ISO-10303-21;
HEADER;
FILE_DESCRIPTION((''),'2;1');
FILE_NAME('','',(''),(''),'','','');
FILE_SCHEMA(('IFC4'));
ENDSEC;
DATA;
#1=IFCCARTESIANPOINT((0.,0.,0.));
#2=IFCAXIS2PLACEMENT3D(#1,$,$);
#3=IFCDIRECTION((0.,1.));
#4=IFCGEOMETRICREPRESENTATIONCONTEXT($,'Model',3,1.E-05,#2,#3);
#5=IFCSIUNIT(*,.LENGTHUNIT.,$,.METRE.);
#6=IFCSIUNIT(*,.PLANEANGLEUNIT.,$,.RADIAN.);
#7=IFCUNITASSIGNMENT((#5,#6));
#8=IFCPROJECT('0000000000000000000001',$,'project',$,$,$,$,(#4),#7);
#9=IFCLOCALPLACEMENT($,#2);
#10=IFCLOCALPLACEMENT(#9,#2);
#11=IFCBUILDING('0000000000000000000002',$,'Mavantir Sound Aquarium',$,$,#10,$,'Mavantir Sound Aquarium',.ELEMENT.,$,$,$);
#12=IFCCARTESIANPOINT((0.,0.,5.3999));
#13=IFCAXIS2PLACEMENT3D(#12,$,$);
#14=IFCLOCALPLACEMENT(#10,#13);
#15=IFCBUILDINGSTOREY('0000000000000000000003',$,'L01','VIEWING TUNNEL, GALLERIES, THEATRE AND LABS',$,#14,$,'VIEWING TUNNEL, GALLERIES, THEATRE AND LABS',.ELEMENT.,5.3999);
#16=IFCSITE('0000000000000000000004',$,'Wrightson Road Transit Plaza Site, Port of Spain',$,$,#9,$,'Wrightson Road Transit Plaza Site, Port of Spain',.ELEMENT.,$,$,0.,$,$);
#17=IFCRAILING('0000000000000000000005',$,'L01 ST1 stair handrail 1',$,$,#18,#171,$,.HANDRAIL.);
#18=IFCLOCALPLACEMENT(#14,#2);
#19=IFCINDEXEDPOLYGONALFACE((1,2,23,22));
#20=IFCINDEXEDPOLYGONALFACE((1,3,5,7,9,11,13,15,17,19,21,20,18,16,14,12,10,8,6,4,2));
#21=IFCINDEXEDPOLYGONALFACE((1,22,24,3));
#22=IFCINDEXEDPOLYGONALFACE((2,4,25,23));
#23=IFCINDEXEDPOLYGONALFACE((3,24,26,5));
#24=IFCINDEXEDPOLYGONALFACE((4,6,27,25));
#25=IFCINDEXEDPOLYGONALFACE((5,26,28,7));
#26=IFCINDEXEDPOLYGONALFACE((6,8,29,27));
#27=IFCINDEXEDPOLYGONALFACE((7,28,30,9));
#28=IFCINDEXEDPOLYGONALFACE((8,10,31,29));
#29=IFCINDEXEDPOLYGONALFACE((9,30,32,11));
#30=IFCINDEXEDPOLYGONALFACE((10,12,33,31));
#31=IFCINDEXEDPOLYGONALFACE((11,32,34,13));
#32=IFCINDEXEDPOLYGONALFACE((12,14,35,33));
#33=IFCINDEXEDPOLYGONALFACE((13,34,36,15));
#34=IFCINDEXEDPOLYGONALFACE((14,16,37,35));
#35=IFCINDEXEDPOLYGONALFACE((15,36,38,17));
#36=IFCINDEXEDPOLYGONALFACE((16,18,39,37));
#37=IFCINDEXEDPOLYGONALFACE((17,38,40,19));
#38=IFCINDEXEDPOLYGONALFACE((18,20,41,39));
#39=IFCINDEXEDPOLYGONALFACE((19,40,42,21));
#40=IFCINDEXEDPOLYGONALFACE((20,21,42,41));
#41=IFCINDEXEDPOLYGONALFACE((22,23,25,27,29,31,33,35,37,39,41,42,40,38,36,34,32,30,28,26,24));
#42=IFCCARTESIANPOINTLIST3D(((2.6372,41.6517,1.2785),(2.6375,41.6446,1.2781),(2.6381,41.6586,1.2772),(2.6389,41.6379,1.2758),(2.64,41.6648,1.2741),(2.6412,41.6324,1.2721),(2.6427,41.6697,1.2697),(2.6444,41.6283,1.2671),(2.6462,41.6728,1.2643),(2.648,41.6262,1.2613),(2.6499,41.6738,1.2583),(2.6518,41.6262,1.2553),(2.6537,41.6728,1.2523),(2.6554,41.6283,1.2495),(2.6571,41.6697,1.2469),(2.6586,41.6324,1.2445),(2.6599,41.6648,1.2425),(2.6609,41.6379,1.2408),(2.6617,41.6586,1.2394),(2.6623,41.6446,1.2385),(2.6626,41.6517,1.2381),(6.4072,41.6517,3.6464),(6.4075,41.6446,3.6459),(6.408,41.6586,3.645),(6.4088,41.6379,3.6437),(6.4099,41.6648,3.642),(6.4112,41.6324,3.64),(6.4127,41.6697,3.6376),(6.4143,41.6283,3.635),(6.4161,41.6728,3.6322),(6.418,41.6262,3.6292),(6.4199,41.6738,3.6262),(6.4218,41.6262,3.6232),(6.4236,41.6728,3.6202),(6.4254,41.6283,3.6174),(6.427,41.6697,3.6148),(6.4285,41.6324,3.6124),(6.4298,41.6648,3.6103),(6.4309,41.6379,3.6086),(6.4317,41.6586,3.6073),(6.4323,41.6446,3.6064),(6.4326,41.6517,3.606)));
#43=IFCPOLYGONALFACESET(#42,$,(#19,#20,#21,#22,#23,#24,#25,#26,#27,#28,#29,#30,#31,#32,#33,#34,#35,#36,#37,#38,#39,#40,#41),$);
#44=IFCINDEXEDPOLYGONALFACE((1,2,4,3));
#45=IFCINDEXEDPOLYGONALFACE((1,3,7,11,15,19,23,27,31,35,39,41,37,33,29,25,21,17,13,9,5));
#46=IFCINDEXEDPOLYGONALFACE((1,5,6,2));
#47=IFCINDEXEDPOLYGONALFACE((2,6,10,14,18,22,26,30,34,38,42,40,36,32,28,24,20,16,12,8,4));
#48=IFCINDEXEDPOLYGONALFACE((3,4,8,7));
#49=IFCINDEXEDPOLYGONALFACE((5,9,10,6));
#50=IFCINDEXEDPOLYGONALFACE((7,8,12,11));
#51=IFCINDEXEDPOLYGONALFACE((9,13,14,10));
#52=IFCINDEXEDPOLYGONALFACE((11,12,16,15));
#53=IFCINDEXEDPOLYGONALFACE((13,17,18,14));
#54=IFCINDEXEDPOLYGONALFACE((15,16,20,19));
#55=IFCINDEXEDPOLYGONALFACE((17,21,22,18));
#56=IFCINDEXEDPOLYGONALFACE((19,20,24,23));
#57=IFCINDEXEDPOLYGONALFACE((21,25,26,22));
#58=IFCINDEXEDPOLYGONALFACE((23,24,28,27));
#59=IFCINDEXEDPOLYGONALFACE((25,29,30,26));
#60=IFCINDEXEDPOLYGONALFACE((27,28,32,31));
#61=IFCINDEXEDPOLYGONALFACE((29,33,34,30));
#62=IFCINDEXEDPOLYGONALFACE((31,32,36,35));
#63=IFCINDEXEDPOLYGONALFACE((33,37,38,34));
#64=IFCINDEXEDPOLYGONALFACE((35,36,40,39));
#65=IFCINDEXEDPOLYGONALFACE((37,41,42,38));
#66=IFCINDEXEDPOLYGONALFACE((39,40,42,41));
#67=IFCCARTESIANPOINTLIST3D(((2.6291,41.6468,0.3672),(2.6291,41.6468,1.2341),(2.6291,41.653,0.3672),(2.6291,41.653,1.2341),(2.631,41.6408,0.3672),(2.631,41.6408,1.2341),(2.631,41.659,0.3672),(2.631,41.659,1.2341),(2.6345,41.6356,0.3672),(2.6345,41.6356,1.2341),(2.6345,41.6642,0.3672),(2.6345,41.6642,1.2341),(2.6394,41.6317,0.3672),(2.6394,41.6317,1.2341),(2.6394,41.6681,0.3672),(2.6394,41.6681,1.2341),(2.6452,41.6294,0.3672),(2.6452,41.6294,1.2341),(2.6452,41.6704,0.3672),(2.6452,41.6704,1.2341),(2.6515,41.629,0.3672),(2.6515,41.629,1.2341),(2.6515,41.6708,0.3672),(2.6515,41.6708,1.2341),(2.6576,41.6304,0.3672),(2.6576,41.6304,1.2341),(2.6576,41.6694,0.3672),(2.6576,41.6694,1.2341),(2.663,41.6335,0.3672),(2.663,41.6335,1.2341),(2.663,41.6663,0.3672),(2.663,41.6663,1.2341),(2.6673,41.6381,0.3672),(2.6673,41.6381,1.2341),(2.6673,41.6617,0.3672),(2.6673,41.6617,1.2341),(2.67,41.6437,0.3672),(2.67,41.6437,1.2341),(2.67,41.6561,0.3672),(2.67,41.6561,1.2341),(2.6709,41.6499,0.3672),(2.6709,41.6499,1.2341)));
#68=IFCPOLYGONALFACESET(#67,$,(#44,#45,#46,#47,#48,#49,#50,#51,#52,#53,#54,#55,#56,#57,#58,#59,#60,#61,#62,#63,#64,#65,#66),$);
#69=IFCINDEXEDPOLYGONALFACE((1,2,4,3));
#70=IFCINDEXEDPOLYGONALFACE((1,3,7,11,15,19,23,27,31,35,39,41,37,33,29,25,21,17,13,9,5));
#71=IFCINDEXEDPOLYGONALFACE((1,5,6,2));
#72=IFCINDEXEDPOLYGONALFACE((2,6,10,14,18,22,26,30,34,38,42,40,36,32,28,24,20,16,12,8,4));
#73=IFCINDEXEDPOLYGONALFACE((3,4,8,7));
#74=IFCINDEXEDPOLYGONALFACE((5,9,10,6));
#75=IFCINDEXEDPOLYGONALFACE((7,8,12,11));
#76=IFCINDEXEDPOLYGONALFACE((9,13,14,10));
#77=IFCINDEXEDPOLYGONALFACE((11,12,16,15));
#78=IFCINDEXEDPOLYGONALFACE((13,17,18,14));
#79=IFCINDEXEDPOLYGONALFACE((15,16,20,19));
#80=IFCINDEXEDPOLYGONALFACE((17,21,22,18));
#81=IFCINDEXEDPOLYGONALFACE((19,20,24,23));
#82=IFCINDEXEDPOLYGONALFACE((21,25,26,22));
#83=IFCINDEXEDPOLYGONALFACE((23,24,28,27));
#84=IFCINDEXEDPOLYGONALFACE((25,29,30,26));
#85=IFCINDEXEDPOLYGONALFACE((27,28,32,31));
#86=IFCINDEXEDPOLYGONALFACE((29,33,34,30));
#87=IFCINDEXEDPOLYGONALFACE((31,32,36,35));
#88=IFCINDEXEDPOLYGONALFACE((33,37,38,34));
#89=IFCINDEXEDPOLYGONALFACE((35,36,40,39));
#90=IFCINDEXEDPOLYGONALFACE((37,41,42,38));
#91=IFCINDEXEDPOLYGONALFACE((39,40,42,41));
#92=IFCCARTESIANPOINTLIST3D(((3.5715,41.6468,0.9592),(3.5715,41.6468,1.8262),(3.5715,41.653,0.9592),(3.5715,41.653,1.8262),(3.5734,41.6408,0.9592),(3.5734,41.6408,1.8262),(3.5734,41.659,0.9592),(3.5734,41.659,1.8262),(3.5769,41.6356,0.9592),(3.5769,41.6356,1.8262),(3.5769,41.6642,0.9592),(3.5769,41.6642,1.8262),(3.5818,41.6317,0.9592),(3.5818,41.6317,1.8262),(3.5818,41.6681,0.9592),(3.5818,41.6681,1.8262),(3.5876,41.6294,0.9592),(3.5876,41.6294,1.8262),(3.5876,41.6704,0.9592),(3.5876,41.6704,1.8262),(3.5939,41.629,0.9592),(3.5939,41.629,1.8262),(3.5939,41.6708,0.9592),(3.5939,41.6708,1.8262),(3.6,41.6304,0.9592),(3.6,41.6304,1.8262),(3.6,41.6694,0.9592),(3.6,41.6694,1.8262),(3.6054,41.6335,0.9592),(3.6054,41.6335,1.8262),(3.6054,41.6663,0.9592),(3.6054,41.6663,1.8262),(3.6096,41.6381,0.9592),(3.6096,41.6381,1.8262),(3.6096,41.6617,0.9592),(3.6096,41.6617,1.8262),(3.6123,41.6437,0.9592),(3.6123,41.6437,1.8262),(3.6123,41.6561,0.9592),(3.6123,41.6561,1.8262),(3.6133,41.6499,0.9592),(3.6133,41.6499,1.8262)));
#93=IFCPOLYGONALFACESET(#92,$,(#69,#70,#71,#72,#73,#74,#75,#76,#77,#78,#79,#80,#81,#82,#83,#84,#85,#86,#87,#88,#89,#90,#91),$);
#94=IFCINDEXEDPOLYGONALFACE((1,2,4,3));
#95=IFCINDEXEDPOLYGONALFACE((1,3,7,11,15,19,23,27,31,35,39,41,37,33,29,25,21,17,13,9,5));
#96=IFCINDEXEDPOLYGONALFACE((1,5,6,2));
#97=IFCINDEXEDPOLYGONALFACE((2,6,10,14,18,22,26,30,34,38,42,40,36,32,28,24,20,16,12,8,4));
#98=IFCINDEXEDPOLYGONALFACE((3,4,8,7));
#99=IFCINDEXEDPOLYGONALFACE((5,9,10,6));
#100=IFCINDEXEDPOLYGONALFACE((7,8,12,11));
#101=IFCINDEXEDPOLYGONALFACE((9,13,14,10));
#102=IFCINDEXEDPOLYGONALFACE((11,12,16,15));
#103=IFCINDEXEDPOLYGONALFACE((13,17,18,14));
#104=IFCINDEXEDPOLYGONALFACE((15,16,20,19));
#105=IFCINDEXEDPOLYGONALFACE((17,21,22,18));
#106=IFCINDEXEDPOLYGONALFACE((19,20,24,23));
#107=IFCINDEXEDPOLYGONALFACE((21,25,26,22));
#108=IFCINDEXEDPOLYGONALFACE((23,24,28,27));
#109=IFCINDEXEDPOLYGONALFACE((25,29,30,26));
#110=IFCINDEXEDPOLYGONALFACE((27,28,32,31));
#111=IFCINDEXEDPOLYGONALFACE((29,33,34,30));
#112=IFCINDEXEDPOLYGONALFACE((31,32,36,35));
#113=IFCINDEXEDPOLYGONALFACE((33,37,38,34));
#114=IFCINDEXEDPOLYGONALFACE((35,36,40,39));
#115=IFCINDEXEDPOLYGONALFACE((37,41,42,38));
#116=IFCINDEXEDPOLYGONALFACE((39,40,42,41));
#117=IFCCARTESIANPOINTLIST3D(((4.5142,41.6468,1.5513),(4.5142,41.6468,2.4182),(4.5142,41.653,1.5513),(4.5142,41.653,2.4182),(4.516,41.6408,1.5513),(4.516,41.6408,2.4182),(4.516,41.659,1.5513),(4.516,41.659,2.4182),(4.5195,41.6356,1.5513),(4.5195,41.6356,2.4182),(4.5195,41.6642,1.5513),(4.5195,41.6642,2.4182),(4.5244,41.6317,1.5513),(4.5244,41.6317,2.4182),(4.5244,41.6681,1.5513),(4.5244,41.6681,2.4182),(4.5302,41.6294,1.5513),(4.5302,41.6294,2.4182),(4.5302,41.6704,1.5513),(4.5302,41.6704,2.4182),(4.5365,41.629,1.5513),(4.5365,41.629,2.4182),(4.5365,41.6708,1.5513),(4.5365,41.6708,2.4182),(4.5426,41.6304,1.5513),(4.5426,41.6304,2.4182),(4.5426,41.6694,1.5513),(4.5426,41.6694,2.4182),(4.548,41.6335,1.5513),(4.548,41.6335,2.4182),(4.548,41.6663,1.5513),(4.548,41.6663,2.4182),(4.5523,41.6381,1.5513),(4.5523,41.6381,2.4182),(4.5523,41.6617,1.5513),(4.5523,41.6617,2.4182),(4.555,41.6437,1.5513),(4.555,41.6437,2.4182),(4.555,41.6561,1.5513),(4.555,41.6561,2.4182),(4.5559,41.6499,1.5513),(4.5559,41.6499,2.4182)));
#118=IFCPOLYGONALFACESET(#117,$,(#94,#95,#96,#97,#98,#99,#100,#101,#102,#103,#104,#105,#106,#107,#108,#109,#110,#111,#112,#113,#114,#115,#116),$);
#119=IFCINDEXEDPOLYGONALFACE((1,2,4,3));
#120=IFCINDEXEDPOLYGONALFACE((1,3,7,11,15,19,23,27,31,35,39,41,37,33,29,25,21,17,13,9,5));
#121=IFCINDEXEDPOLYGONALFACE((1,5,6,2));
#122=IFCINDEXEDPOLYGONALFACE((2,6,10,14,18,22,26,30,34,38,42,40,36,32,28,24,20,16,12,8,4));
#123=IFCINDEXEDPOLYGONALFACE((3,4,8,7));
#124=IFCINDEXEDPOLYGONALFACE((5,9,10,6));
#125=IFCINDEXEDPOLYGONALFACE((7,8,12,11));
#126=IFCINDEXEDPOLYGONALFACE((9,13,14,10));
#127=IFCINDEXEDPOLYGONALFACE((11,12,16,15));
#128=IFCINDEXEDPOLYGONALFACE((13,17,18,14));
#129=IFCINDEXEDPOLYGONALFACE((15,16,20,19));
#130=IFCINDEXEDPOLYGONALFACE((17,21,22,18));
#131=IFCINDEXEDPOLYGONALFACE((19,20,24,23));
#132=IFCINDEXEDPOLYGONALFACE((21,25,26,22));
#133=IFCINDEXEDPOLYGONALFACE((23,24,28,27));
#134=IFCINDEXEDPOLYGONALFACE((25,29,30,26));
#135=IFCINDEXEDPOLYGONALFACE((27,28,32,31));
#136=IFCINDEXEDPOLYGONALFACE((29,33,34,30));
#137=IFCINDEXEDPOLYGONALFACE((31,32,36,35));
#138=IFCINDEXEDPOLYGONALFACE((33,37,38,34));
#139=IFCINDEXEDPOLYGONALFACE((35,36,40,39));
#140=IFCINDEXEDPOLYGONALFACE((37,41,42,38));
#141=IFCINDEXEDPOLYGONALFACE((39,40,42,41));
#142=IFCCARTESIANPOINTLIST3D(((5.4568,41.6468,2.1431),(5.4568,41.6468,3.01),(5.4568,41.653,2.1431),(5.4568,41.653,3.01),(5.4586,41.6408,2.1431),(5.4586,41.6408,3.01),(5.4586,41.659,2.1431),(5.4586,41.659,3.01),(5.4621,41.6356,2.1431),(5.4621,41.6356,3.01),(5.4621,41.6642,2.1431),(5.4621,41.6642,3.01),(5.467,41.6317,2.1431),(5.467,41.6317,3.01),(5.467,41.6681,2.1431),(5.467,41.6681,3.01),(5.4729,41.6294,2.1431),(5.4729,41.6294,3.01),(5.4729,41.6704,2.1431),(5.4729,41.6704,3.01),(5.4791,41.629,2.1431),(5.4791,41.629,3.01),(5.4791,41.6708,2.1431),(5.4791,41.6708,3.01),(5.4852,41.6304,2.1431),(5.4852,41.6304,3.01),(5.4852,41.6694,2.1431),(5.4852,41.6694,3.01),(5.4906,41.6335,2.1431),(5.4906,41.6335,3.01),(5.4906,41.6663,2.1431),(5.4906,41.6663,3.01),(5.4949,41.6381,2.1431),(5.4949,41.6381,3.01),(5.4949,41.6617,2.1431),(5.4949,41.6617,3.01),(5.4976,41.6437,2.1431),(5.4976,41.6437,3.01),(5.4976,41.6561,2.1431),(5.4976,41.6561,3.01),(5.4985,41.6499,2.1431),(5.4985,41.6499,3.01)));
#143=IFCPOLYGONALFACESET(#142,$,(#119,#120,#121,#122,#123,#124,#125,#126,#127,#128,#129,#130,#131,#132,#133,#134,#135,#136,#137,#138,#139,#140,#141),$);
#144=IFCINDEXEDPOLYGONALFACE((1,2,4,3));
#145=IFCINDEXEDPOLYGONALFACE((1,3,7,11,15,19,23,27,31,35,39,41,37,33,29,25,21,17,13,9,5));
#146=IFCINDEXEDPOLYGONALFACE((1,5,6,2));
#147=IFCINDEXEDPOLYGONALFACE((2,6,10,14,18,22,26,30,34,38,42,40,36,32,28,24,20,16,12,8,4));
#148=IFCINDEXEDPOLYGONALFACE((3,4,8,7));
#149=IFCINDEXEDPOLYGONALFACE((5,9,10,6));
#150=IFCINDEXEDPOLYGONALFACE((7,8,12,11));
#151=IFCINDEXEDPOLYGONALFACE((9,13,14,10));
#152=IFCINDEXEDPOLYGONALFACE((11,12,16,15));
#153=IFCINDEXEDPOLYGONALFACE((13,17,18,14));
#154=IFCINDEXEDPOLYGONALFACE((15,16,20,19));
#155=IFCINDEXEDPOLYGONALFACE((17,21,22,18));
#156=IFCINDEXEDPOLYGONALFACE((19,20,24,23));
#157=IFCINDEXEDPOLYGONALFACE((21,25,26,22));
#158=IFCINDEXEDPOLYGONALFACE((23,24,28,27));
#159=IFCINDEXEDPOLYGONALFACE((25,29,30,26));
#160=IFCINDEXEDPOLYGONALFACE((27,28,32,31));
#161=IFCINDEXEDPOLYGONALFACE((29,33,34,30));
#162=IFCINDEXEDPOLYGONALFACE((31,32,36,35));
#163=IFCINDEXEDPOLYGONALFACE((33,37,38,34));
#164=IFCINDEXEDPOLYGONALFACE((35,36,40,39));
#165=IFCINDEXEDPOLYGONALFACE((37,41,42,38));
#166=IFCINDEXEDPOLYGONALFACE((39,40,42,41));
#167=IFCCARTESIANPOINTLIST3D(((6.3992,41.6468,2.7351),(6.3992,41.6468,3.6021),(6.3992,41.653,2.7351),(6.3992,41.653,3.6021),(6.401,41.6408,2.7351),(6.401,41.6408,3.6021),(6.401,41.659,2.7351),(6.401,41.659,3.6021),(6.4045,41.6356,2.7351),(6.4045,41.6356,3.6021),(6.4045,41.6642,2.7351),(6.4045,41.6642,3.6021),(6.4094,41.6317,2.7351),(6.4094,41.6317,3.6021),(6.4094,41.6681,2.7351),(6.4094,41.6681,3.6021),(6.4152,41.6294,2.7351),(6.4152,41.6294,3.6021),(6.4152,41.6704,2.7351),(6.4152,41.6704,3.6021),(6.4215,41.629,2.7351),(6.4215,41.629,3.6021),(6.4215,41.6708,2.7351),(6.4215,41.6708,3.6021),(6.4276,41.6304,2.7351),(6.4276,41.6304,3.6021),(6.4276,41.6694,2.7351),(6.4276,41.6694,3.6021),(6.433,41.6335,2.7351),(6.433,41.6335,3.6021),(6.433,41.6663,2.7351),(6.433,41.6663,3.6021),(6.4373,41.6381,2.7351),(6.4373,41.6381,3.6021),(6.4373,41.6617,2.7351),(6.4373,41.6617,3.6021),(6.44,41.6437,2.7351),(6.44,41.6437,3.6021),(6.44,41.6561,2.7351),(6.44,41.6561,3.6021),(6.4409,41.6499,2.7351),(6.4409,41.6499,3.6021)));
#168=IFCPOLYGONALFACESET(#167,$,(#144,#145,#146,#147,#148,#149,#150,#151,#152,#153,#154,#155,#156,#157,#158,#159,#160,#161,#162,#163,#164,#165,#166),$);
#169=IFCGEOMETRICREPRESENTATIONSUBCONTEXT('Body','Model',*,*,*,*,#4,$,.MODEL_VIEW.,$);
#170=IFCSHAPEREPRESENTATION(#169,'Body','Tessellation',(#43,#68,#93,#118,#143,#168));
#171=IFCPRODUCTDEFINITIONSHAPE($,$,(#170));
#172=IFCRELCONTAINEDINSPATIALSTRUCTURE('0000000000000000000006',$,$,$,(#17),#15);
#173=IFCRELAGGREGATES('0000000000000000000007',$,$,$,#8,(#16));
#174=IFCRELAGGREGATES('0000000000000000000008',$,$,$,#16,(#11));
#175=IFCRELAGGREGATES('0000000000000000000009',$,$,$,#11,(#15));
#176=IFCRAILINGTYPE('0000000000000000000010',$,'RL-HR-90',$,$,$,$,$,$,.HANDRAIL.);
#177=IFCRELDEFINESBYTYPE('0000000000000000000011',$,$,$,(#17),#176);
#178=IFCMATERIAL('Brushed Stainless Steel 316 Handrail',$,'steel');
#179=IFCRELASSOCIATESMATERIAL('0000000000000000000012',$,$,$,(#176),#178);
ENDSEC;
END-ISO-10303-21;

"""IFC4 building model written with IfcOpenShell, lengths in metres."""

from ifc_helpers import new_model, si_unit, direction, frame, origin, origin_2d, place, context, subcontext, project, spatial, circle, extrude, material, type_object, element, save


model = new_model("IFC4")

# Units and contexts
model_context = context("Model", 3, precision=1e-05, world=origin(), true_north=direction((0.0, 1.0)))
body_context = subcontext(model_context, "Body", "Model", "MODEL_VIEW")
ifc_project = project(units=[si_unit("LENGTHUNIT", "METRE"), si_unit("PLANEANGLEUNIT", "RADIAN")], contexts=[model_context])

# Site, building, storey
site_placement = place(None, origin())
site = spatial("IfcSite", under=ifc_project, at=site_placement, Name="Wrightson Road Transit Plaza Site, Port of Spain", LongName="Wrightson Road Transit Plaza Site, Port of Spain", CompositionType="ELEMENT", RefElevation=0.0)
building_placement = place(site_placement, origin())
building = spatial("IfcBuilding", under=site, at=building_placement, Name="Mavantir Sound Aquarium", LongName="Mavantir Sound Aquarium", CompositionType="ELEMENT")
storey_placement = place(building_placement, frame((0.0, 0.0, 5.3999)))
storey = spatial("IfcBuildingStorey", under=building, at=storey_placement, Name="L01", Description="VIEWING TUNNEL, GALLERIES, THEATRE AND LABS", LongName="VIEWING TUNNEL, GALLERIES, THEATRE AND LABS", CompositionType="ELEMENT", Elevation=5.3999)

# Railing
ifc_material_1 = material(Name="Brushed Stainless Steel 316 Handrail", Category="steel")
railing_type_1 = type_object("IfcRailingType", Name="RL-HR-90", PredefinedType="HANDRAIL", material=ifc_material_1)
railing_1_placement = place(storey_placement, frame((2.6499, 41.6499, 0.3672)))
element("IfcRailing", 1, at=railing_1_placement, inside=storey, type_object=railing_type_1, Name="L01 ST1 stair handrail 1", PredefinedType="HANDRAIL", context=body_context, shape_type="SweptSolid", body=[
    extrude(circle(Radius=0.0239, at=origin_2d()), frame((0.0, 0.0, 0.8911), z_axis=(0.846819, 0.0, 0.531881), x_axis=(0.0, 1.0, 0.0)), (0.0, 0.0, 1.0), 4.4519),
    extrude(circle(Radius=0.021, at=origin_2d()), origin(), (0.0, 0.0, 1.0), 0.8669),
    extrude(circle(Radius=0.021, at=origin_2d()), frame((0.9424, 0.0, 0.592)), (0.0, 0.0, 1.0), 0.8669),
    extrude(circle(Radius=0.021, at=origin_2d()), frame((1.885, 0.0, 1.1841)), (0.0, 0.0, 1.0), 0.8669),
    extrude(circle(Radius=0.021, at=origin_2d()), frame((2.8276, 0.0, 1.7759)), (0.0, 0.0, 1.0), 0.8669),
    extrude(circle(Radius=0.021, at=origin_2d()), frame((3.77, 0.0, 2.3679)), (0.0, 0.0, 1.0), 0.8669),
])

save(model, "model.ifc")
